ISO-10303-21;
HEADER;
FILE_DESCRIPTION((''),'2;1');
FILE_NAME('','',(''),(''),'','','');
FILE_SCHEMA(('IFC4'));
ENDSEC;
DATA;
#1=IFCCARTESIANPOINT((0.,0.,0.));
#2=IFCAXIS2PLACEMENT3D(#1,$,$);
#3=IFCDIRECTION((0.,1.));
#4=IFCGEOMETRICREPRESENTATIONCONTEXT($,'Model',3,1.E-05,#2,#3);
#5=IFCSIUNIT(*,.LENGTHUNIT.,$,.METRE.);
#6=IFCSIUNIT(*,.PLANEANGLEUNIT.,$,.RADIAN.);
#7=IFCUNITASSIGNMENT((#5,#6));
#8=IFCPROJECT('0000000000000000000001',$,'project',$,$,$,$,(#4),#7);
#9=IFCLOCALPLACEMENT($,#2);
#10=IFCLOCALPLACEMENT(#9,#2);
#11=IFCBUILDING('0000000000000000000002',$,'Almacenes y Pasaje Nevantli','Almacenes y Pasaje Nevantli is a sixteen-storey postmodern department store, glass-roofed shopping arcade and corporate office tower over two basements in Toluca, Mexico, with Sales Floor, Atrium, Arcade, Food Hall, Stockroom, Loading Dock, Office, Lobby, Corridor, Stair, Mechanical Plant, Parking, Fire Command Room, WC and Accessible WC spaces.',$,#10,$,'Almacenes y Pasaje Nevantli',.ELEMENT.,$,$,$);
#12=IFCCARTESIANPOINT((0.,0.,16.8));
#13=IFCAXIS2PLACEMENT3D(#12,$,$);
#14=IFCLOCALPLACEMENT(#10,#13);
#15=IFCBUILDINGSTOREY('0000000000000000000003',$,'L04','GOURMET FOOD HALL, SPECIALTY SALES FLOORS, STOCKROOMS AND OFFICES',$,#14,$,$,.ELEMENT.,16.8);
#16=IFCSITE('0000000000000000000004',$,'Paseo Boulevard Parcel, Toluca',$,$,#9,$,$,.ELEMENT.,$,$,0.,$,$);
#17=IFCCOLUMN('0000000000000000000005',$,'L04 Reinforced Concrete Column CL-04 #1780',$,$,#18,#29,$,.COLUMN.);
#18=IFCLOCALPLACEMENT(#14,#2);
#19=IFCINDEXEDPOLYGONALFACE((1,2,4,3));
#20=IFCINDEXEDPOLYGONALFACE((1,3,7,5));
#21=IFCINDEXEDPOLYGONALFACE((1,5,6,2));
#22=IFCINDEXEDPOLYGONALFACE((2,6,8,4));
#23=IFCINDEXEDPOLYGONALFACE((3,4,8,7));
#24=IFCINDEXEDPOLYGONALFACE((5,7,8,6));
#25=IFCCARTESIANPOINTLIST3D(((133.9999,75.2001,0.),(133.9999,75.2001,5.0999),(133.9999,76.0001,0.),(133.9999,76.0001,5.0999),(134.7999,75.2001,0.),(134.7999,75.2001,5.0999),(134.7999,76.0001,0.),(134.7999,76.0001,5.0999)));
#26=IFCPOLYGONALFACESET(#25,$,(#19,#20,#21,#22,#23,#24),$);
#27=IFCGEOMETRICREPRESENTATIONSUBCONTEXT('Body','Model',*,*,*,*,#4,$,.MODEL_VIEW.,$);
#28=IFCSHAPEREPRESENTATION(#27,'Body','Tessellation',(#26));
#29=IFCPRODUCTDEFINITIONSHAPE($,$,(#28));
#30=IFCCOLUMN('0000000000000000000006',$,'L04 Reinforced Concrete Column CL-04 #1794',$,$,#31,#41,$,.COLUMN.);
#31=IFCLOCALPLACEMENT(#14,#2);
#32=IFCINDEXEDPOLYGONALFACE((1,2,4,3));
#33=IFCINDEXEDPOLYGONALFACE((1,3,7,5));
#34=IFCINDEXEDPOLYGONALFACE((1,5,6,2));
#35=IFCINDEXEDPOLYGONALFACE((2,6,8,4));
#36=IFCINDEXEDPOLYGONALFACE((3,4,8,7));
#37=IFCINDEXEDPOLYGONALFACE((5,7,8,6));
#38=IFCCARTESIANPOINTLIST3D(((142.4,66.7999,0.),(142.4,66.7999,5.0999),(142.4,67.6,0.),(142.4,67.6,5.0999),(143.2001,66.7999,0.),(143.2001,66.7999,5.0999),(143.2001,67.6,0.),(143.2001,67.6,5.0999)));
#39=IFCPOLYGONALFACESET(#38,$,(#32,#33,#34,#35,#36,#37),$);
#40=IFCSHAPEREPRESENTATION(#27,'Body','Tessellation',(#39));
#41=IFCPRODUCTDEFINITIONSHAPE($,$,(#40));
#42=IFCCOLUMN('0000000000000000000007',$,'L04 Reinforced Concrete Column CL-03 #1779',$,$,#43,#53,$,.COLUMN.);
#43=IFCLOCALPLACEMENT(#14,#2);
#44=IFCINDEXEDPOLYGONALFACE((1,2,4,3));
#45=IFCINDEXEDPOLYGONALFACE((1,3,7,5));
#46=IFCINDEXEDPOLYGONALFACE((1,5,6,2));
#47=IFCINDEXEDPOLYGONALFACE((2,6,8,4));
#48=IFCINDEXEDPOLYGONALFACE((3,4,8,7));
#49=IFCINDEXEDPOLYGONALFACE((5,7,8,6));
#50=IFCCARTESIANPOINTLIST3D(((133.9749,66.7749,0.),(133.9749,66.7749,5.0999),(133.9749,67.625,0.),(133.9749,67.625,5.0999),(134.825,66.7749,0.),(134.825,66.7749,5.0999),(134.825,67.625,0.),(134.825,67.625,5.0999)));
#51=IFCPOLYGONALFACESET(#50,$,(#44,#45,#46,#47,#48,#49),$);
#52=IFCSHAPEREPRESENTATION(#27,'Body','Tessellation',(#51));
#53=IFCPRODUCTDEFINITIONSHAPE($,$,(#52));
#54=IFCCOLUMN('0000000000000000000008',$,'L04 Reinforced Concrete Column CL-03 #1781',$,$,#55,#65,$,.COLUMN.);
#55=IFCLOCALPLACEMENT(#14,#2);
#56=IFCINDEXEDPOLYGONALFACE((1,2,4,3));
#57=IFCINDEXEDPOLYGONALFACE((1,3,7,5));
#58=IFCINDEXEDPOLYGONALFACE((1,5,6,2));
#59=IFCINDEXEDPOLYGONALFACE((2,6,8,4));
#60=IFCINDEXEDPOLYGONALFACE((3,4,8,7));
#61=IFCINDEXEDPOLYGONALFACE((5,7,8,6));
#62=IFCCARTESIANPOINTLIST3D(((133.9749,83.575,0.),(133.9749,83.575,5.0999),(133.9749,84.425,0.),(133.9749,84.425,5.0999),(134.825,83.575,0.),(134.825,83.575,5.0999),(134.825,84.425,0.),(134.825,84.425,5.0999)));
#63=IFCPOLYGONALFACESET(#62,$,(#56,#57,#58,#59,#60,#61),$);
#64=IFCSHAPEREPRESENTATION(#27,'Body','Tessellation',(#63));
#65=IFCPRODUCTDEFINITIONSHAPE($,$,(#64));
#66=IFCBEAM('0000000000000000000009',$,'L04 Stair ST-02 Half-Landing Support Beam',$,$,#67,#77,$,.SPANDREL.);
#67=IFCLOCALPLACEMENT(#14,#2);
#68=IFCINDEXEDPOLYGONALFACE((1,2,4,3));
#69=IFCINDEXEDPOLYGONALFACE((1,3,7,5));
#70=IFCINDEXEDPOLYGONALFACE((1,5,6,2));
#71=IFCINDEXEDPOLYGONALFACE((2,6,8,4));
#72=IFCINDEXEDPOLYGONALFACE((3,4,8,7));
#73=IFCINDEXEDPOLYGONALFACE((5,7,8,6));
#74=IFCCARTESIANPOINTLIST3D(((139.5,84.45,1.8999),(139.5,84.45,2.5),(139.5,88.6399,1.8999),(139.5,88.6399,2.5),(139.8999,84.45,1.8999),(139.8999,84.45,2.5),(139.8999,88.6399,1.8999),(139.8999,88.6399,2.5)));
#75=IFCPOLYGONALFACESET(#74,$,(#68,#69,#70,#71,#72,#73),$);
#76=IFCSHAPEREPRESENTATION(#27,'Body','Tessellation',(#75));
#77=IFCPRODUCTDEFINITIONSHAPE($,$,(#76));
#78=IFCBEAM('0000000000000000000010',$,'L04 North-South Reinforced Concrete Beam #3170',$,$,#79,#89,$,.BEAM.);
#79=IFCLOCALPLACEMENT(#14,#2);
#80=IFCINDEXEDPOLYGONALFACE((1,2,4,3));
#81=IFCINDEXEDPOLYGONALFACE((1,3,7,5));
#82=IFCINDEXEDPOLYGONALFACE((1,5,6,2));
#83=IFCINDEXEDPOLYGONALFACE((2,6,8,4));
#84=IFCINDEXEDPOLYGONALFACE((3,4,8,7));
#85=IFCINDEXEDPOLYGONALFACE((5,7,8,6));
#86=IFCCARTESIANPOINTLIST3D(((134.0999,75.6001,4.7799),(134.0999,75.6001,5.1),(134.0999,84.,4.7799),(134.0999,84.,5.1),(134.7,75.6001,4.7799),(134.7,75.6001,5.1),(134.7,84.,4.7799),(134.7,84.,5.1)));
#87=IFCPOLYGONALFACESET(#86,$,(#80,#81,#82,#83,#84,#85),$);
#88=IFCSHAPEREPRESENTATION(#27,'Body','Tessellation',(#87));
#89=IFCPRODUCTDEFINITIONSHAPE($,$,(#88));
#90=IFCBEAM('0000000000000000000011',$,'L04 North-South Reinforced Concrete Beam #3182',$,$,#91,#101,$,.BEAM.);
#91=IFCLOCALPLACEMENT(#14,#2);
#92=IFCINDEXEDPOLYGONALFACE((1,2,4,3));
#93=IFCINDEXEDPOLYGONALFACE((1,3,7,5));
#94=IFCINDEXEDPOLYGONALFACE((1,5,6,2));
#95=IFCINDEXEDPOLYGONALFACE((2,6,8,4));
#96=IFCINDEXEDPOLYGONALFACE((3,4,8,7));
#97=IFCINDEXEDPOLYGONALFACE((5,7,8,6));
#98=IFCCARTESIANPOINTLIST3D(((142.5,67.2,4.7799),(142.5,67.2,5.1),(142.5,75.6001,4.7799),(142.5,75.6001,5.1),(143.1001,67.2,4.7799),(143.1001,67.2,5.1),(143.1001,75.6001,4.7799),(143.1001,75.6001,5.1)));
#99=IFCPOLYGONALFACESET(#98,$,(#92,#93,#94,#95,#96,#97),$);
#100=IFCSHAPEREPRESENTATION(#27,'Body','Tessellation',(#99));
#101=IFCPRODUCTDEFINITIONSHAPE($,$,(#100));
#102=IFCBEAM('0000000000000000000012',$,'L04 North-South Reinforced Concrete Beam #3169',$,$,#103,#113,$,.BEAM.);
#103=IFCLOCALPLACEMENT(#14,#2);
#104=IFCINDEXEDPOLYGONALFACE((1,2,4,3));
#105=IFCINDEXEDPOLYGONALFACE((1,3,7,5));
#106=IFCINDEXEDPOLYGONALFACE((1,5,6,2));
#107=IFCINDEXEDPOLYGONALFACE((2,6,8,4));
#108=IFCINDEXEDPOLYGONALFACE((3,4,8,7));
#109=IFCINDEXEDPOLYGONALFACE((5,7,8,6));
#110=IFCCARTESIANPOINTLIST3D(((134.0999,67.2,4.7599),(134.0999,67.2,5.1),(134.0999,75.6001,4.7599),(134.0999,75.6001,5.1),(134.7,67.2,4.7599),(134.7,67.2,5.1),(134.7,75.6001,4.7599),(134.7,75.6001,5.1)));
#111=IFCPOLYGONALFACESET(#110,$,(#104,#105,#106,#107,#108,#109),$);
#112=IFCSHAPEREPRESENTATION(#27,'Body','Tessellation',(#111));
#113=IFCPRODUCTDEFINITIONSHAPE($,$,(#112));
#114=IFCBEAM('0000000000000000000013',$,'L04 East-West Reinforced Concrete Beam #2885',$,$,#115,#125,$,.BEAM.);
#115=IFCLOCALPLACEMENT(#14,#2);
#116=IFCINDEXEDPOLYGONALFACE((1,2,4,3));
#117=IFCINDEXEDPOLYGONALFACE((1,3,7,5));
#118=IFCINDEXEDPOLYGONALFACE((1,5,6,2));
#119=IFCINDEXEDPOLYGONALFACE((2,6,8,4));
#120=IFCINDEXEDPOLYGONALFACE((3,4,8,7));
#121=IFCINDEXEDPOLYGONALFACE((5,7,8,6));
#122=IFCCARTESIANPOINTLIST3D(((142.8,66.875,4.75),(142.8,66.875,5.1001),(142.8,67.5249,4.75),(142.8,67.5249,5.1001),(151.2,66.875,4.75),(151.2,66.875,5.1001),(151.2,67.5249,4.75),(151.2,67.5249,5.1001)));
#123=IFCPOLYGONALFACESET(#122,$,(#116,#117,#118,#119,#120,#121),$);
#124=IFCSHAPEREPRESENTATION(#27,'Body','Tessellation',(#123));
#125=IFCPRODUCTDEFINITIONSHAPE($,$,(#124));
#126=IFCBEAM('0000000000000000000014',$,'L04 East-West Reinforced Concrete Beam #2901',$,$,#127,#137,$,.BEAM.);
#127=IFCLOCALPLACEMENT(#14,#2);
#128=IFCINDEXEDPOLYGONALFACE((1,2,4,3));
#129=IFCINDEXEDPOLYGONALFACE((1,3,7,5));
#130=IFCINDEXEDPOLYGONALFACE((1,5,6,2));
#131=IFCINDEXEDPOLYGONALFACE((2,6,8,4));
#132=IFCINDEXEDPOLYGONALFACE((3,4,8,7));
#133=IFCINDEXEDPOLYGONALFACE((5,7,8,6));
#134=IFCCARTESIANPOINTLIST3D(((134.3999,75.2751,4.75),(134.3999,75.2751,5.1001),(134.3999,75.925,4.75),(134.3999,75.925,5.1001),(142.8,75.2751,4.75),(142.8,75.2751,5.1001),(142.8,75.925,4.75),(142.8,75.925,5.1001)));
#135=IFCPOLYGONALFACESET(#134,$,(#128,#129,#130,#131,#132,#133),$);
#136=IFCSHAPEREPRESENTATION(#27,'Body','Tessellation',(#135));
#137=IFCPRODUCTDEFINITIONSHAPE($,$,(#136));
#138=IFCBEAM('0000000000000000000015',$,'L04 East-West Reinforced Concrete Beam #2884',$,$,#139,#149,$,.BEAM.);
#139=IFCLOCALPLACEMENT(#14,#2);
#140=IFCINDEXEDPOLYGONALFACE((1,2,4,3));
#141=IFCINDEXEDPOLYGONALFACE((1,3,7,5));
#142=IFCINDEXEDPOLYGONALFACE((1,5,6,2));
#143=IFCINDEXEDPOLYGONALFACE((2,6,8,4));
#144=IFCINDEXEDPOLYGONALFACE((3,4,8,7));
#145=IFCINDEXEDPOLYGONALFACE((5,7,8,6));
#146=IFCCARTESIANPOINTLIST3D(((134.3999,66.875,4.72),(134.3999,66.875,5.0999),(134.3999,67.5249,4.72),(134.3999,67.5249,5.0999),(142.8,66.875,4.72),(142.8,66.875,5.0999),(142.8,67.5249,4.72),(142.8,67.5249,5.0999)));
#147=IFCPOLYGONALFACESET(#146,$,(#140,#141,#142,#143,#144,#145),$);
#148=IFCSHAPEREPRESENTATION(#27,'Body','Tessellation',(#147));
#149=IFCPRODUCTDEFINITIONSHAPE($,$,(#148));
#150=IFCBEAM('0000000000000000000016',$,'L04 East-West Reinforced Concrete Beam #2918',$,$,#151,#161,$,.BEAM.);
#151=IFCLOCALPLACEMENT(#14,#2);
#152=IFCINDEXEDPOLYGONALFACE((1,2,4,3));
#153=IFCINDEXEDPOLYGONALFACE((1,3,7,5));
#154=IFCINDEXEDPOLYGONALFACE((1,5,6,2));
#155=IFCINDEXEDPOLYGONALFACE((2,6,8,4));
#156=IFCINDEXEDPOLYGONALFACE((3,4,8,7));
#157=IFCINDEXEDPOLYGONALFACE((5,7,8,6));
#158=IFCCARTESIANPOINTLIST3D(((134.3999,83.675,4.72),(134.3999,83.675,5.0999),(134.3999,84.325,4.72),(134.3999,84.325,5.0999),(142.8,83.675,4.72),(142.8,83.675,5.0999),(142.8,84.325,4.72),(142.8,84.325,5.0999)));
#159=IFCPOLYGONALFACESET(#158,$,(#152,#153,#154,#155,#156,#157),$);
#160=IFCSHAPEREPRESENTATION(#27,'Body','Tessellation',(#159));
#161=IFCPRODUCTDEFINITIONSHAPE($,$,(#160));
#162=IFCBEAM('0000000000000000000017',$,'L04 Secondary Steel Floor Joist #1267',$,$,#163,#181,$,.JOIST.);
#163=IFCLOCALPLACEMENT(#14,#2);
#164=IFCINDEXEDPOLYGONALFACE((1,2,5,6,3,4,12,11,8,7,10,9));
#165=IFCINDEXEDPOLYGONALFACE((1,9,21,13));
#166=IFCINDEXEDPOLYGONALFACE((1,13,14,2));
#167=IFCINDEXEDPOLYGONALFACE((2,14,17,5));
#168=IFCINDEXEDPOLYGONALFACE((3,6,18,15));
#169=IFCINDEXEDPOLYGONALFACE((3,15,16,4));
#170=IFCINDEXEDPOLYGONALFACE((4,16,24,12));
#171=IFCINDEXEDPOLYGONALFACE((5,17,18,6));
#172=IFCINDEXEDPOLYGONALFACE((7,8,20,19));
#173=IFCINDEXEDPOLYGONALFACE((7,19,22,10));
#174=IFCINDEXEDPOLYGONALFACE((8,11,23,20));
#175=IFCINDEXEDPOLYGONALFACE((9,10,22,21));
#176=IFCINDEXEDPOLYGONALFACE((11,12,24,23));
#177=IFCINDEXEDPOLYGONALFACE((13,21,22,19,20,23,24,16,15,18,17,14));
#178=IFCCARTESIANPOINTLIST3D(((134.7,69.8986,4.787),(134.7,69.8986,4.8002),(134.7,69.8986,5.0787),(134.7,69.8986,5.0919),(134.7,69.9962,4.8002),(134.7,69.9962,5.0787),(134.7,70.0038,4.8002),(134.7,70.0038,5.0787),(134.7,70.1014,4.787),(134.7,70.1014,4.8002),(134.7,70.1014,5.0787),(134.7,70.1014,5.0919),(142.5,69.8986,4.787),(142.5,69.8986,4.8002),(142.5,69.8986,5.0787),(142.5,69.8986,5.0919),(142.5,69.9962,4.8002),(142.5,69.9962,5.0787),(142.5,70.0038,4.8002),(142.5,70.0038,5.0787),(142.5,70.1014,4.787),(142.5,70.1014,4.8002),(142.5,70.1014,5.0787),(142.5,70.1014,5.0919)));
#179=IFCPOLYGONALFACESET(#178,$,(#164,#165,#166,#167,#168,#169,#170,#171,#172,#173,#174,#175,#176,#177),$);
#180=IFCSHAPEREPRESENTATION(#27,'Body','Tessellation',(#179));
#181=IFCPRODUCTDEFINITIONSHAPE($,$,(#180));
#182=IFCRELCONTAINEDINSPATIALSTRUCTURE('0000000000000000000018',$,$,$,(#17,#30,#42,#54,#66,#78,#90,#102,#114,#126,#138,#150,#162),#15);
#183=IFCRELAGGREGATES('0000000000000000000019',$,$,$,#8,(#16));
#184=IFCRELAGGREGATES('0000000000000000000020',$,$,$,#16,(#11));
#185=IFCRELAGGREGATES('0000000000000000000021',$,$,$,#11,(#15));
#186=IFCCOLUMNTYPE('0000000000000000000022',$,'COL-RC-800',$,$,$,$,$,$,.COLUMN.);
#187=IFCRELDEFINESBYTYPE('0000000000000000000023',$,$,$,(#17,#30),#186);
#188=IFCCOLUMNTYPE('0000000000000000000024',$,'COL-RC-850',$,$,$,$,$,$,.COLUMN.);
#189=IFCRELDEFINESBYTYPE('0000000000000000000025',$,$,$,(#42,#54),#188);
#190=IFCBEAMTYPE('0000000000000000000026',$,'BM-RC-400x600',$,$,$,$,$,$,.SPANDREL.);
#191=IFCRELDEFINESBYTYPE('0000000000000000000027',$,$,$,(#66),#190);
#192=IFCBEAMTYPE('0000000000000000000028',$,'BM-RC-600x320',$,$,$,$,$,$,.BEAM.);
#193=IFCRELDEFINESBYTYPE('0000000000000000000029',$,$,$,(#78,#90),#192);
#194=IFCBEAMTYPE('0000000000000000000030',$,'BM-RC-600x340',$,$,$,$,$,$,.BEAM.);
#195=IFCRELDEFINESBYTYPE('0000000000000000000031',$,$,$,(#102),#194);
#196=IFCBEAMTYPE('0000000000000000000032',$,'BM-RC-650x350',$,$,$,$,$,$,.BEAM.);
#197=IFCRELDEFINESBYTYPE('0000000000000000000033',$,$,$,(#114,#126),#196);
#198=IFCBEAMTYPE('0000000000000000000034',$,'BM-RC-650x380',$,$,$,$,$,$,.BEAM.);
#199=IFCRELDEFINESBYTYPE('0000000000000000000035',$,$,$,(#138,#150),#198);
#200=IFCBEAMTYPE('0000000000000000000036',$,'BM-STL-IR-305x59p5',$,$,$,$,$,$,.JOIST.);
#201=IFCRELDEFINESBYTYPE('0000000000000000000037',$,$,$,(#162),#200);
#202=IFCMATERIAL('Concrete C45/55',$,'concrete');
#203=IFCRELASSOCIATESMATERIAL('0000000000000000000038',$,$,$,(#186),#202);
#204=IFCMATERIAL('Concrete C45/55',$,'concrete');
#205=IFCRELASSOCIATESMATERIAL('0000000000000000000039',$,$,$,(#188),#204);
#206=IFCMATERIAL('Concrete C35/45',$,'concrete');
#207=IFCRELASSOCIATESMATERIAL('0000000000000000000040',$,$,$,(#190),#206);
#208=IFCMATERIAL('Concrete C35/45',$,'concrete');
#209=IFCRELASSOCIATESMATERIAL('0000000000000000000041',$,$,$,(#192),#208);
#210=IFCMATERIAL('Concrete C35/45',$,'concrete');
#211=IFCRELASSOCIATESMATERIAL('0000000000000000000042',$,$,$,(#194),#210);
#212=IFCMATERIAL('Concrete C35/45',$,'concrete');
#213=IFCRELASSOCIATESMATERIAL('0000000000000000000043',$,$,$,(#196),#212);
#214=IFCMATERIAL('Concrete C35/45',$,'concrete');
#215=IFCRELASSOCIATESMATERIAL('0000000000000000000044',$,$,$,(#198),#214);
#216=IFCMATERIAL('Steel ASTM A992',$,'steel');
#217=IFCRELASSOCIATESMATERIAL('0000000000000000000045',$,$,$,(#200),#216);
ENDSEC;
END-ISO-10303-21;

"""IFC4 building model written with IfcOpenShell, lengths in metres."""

from ifc_helpers import new_model, si_unit, direction, frame, origin, origin_2d, place, context, subcontext, project, spatial, rectangle, i_section, extrude, material, material_profile, profile_set, type_object, element, save


model = new_model("IFC4")

# Units and contexts
model_context = context("Model", 3, precision=1e-05, world=origin(), true_north=direction((0.0, 1.0)))
body_context = subcontext(model_context, "Body", "Model", "MODEL_VIEW")
ifc_project = project(units=[si_unit("LENGTHUNIT", "METRE"), si_unit("PLANEANGLEUNIT", "RADIAN")], contexts=[model_context])

# Site, building, storey
site_placement = place(None, origin())
site = spatial("IfcSite", under=ifc_project, at=site_placement, Name="Paseo Boulevard Parcel, Toluca", CompositionType="ELEMENT", RefElevation=0.0)
building_placement = place(site_placement, origin())
building = spatial("IfcBuilding", under=site, at=building_placement, Name="Almacenes y Pasaje Nevantli", Description="Almacenes y Pasaje Nevantli is a sixteen-storey postmodern department store, glass-roofed shopping arcade and corporate office tower over two basements in Toluca, Mexico, with Sales Floor, Atrium, Arcade, Food Hall, Stockroom, Loading Dock, Office, Lobby, Corridor, Stair, Mechanical Plant, Parking, Fire Command Room, WC and Accessible WC spaces.", LongName="Almacenes y Pasaje Nevantli", CompositionType="ELEMENT")
storey_placement = place(building_placement, frame((0.0, 0.0, 16.8)))
storey = spatial("IfcBuildingStorey", under=building, at=storey_placement, Name="L04", Description="GOURMET FOOD HALL, SPECIALTY SALES FLOORS, STOCKROOMS AND OFFICES", CompositionType="ELEMENT", Elevation=16.8)

# Columns
ifc_material_1 = material(Name="Concrete C45/55", Category="concrete")
ifc_material_profile_1 = material_profile(ifc_material_1, rectangle(XDim=0.8, YDim=0.8, at=origin_2d()), Name="RC-COL-800x800")
ifc_profile_set_1 = profile_set([ifc_material_profile_1], Name="Concrete C45/55")
column_type_1 = type_object("IfcColumnType", Name="COL-RC-800", PredefinedType="COLUMN", material=ifc_profile_set_1)
for number, where, z_axis, x_axis, name in (
    (1, (134.3999, 75.6001, 0.0), (0.0, 0.0, 1.0), (1.0, 0.0, 0.0), "L04 Reinforced Concrete Column CL-04 #1780"),
    (2, (142.8, 67.2, 0.0), (0.0, 0.0, 1.0), (1.0, 0.0, 0.0), "L04 Reinforced Concrete Column CL-04 #1794"),
):
    element("IfcColumn", number, at=place(storey_placement, frame(where, z_axis=z_axis, x_axis=x_axis)), inside=storey, type_object=column_type_1, Name=name, PredefinedType="COLUMN", context=body_context, shape_type="SweptSolid", body=[
        extrude(rectangle(XDim=0.8, YDim=0.8, at=origin_2d()), origin(), (0.0, 0.0, 1.0), 5.0999),
    ])
ifc_material_2 = material(Name="Concrete C45/55", Category="concrete")
ifc_material_profile_2 = material_profile(ifc_material_2, rectangle(XDim=0.8501, YDim=0.8501, at=origin_2d()), Name="RC-COL-850x850")
ifc_profile_set_2 = profile_set([ifc_material_profile_2], Name="Concrete C45/55")
column_type_2 = type_object("IfcColumnType", Name="COL-RC-850", PredefinedType="COLUMN", material=ifc_profile_set_2)
for number, where, z_axis, x_axis, name in (
    (3, (134.3999, 67.2, 0.0), (0.0, 0.0, 1.0), (1.0, 0.0, 0.0), "L04 Reinforced Concrete Column CL-03 #1779"),
    (4, (134.3999, 84.0, 0.0), (0.0, 0.0, 1.0), (1.0, 0.0, 0.0), "L04 Reinforced Concrete Column CL-03 #1781"),
):
    element("IfcColumn", number, at=place(storey_placement, frame(where, z_axis=z_axis, x_axis=x_axis)), inside=storey, type_object=column_type_2, Name=name, PredefinedType="COLUMN", context=body_context, shape_type="SweptSolid", body=[
        extrude(rectangle(XDim=0.8501, YDim=0.8501, at=origin_2d()), origin(), (0.0, 0.0, 1.0), 5.0999),
    ])

# Beams
ifc_material_3 = material(Name="Concrete C35/45", Category="concrete")
ifc_material_profile_3 = material_profile(ifc_material_3, rectangle(XDim=0.3999, YDim=0.6001, at=origin_2d()), Name="RC-BM-400x600")
ifc_profile_set_3 = profile_set([ifc_material_profile_3], Name="Concrete C35/45")
beam_type_1 = type_object("IfcBeamType", Name="BM-RC-400x600", PredefinedType="SPANDREL", material=ifc_profile_set_3)
beam_1_placement = place(storey_placement, frame((139.7, 84.45, 2.2), z_axis=(0.0, 1.0, 0.0), x_axis=(-1.0, 0.0, 0.0)))
element("IfcBeam", 5, at=beam_1_placement, inside=storey, type_object=beam_type_1, Name="L04 Stair ST-02 Half-Landing Support Beam", PredefinedType="SPANDREL", context=body_context, shape_type="SweptSolid", body=[
    extrude(rectangle(XDim=0.3999, YDim=0.6001, at=origin_2d()), origin(), (0.0, 0.0, 1.0), 4.1899),
])
ifc_material_4 = material(Name="Concrete C35/45", Category="concrete")
ifc_material_profile_4 = material_profile(ifc_material_4, rectangle(XDim=0.6001, YDim=0.3201, at=origin_2d()), Name="RC-BM-600x320")
ifc_profile_set_4 = profile_set([ifc_material_profile_4], Name="Concrete C35/45")
beam_type_2 = type_object("IfcBeamType", Name="BM-RC-600x320", PredefinedType="BEAM", material=ifc_profile_set_4)
beam_2_placement = place(storey_placement, frame((134.3999, 75.6001, 4.9399), z_axis=(0.0, 1.0, 0.0), x_axis=(-1.0, 0.0, 0.0)))
element("IfcBeam", 6, at=beam_2_placement, inside=storey, type_object=beam_type_2, Name="L04 North-South Reinforced Concrete Beam #3170", PredefinedType="BEAM", context=body_context, shape_type="SweptSolid", body=[
    extrude(rectangle(XDim=0.6001, YDim=0.3201, at=origin_2d()), origin(), (0.0, 0.0, 1.0), 8.3999),
])
beam_3_placement = place(storey_placement, frame((142.8, 67.2, 4.9399), z_axis=(0.0, 1.0, 0.0), x_axis=(-1.0, 0.0, 0.0)))
element("IfcBeam", 7, at=beam_3_placement, inside=storey, type_object=beam_type_2, Name="L04 North-South Reinforced Concrete Beam #3182", PredefinedType="BEAM", context=body_context, shape_type="SweptSolid", body=[
    extrude(rectangle(XDim=0.6001, YDim=0.3201, at=origin_2d()), origin(), (0.0, 0.0, 1.0), 8.4001),
])
ifc_material_5 = material(Name="Concrete C35/45", Category="concrete")
ifc_material_profile_5 = material_profile(ifc_material_5, rectangle(XDim=0.6001, YDim=0.3401, at=origin_2d()), Name="RC-BM-600x340")
ifc_profile_set_5 = profile_set([ifc_material_profile_5], Name="Concrete C35/45")
beam_type_3 = type_object("IfcBeamType", Name="BM-RC-600x340", PredefinedType="BEAM", material=ifc_profile_set_5)
beam_4_placement = place(storey_placement, frame((134.3999, 67.2, 4.9299), z_axis=(0.0, 1.0, 0.0), x_axis=(-1.0, 0.0, 0.0)))
element("IfcBeam", 8, at=beam_4_placement, inside=storey, type_object=beam_type_3, Name="L04 North-South Reinforced Concrete Beam #3169", PredefinedType="BEAM", context=body_context, shape_type="SweptSolid", body=[
    extrude(rectangle(XDim=0.6001, YDim=0.3401, at=origin_2d()), origin(), (0.0, 0.0, 1.0), 8.4001),
])
ifc_material_6 = material(Name="Concrete C35/45", Category="concrete")
ifc_material_profile_6 = material_profile(ifc_material_6, rectangle(XDim=0.6499, YDim=0.3501, at=origin_2d()), Name="RC-BM-650x350")
ifc_profile_set_6 = profile_set([ifc_material_profile_6], Name="Concrete C35/45")
beam_type_4 = type_object("IfcBeamType", Name="BM-RC-650x350", PredefinedType="BEAM", material=ifc_profile_set_6)
beam_5_placement = place(storey_placement, frame((142.8, 67.2, 4.925), z_axis=(1.0, 0.0, 0.0), x_axis=(0.0, 1.0, 0.0)))
element("IfcBeam", 9, at=beam_5_placement, inside=storey, type_object=beam_type_4, Name="L04 East-West Reinforced Concrete Beam #2885", PredefinedType="BEAM", context=body_context, shape_type="SweptSolid", body=[
    extrude(rectangle(XDim=0.6499, YDim=0.3501, at=origin_2d()), origin(), (0.0, 0.0, 1.0), 8.3999),
])
beam_6_placement = place(storey_placement, frame((134.3999, 75.6001, 4.925), z_axis=(1.0, 0.0, 0.0), x_axis=(0.0, 1.0, 0.0)))
element("IfcBeam", 10, at=beam_6_placement, inside=storey, type_object=beam_type_4, Name="L04 East-West Reinforced Concrete Beam #2901", PredefinedType="BEAM", context=body_context, shape_type="SweptSolid", body=[
    extrude(rectangle(XDim=0.6499, YDim=0.3501, at=origin_2d()), origin(), (0.0, 0.0, 1.0), 8.4001),
])
ifc_material_7 = material(Name="Concrete C35/45", Category="concrete")
ifc_material_profile_7 = material_profile(ifc_material_7, rectangle(XDim=0.6499, YDim=0.3799, at=origin_2d()), Name="RC-BM-650x380")
ifc_profile_set_7 = profile_set([ifc_material_profile_7], Name="Concrete C35/45")
beam_type_5 = type_object("IfcBeamType", Name="BM-RC-650x380", PredefinedType="BEAM", material=ifc_profile_set_7)
for number, where, z_axis, x_axis, name in (
    (11, (134.3999, 67.2, 4.9099), (1.0, 0.0, 0.0), (0.0, 1.0, 0.0), "L04 East-West Reinforced Concrete Beam #2884"),
    (12, (134.3999, 84.0, 4.9099), (1.0, 0.0, 0.0), (0.0, 1.0, 0.0), "L04 East-West Reinforced Concrete Beam #2918"),
):
    element("IfcBeam", number, at=place(storey_placement, frame(where, z_axis=z_axis, x_axis=x_axis)), inside=storey, type_object=beam_type_5, Name=name, PredefinedType="BEAM", context=body_context, shape_type="SweptSolid", body=[
        extrude(rectangle(XDim=0.6499, YDim=0.3799, at=origin_2d()), origin(), (0.0, 0.0, 1.0), 8.4001),
    ])
ifc_material_8 = material(Name="Steel ASTM A992", Category="steel")
ifc_material_profile_8 = material_profile(ifc_material_8, i_section(OverallWidth=0.2029, OverallDepth=0.3049, WebThickness=0.0076, FlangeThickness=0.0132, at=origin_2d()), Name="IR 305x59.5")
ifc_profile_set_8 = profile_set([ifc_material_profile_8], Name="Steel ASTM A992")
beam_type_6 = type_object("IfcBeamType", Name="BM-STL-IR-305x59p5", PredefinedType="JOIST", material=ifc_profile_set_8)
for number, where, z_axis, x_axis, name in (
    (13, (134.7, 70.0, 4.9395), (1.0, 0.0, 0.0), (0.0, 1.0, 0.0), "L04 Secondary Steel Floor Joist #1267"),
):
    element("IfcBeam", number, at=place(storey_placement, frame(where, z_axis=z_axis, x_axis=x_axis)), inside=storey, type_object=beam_type_6, Name=name, PredefinedType="JOIST", context=body_context, shape_type="SweptSolid", body=[
        extrude(i_section(OverallWidth=0.2029, OverallDepth=0.3049, WebThickness=0.0076, FlangeThickness=0.0132, at=origin_2d()), origin(), (0.0, 0.0, 1.0), 7.8),
    ])

save(model, "model.ifc")
